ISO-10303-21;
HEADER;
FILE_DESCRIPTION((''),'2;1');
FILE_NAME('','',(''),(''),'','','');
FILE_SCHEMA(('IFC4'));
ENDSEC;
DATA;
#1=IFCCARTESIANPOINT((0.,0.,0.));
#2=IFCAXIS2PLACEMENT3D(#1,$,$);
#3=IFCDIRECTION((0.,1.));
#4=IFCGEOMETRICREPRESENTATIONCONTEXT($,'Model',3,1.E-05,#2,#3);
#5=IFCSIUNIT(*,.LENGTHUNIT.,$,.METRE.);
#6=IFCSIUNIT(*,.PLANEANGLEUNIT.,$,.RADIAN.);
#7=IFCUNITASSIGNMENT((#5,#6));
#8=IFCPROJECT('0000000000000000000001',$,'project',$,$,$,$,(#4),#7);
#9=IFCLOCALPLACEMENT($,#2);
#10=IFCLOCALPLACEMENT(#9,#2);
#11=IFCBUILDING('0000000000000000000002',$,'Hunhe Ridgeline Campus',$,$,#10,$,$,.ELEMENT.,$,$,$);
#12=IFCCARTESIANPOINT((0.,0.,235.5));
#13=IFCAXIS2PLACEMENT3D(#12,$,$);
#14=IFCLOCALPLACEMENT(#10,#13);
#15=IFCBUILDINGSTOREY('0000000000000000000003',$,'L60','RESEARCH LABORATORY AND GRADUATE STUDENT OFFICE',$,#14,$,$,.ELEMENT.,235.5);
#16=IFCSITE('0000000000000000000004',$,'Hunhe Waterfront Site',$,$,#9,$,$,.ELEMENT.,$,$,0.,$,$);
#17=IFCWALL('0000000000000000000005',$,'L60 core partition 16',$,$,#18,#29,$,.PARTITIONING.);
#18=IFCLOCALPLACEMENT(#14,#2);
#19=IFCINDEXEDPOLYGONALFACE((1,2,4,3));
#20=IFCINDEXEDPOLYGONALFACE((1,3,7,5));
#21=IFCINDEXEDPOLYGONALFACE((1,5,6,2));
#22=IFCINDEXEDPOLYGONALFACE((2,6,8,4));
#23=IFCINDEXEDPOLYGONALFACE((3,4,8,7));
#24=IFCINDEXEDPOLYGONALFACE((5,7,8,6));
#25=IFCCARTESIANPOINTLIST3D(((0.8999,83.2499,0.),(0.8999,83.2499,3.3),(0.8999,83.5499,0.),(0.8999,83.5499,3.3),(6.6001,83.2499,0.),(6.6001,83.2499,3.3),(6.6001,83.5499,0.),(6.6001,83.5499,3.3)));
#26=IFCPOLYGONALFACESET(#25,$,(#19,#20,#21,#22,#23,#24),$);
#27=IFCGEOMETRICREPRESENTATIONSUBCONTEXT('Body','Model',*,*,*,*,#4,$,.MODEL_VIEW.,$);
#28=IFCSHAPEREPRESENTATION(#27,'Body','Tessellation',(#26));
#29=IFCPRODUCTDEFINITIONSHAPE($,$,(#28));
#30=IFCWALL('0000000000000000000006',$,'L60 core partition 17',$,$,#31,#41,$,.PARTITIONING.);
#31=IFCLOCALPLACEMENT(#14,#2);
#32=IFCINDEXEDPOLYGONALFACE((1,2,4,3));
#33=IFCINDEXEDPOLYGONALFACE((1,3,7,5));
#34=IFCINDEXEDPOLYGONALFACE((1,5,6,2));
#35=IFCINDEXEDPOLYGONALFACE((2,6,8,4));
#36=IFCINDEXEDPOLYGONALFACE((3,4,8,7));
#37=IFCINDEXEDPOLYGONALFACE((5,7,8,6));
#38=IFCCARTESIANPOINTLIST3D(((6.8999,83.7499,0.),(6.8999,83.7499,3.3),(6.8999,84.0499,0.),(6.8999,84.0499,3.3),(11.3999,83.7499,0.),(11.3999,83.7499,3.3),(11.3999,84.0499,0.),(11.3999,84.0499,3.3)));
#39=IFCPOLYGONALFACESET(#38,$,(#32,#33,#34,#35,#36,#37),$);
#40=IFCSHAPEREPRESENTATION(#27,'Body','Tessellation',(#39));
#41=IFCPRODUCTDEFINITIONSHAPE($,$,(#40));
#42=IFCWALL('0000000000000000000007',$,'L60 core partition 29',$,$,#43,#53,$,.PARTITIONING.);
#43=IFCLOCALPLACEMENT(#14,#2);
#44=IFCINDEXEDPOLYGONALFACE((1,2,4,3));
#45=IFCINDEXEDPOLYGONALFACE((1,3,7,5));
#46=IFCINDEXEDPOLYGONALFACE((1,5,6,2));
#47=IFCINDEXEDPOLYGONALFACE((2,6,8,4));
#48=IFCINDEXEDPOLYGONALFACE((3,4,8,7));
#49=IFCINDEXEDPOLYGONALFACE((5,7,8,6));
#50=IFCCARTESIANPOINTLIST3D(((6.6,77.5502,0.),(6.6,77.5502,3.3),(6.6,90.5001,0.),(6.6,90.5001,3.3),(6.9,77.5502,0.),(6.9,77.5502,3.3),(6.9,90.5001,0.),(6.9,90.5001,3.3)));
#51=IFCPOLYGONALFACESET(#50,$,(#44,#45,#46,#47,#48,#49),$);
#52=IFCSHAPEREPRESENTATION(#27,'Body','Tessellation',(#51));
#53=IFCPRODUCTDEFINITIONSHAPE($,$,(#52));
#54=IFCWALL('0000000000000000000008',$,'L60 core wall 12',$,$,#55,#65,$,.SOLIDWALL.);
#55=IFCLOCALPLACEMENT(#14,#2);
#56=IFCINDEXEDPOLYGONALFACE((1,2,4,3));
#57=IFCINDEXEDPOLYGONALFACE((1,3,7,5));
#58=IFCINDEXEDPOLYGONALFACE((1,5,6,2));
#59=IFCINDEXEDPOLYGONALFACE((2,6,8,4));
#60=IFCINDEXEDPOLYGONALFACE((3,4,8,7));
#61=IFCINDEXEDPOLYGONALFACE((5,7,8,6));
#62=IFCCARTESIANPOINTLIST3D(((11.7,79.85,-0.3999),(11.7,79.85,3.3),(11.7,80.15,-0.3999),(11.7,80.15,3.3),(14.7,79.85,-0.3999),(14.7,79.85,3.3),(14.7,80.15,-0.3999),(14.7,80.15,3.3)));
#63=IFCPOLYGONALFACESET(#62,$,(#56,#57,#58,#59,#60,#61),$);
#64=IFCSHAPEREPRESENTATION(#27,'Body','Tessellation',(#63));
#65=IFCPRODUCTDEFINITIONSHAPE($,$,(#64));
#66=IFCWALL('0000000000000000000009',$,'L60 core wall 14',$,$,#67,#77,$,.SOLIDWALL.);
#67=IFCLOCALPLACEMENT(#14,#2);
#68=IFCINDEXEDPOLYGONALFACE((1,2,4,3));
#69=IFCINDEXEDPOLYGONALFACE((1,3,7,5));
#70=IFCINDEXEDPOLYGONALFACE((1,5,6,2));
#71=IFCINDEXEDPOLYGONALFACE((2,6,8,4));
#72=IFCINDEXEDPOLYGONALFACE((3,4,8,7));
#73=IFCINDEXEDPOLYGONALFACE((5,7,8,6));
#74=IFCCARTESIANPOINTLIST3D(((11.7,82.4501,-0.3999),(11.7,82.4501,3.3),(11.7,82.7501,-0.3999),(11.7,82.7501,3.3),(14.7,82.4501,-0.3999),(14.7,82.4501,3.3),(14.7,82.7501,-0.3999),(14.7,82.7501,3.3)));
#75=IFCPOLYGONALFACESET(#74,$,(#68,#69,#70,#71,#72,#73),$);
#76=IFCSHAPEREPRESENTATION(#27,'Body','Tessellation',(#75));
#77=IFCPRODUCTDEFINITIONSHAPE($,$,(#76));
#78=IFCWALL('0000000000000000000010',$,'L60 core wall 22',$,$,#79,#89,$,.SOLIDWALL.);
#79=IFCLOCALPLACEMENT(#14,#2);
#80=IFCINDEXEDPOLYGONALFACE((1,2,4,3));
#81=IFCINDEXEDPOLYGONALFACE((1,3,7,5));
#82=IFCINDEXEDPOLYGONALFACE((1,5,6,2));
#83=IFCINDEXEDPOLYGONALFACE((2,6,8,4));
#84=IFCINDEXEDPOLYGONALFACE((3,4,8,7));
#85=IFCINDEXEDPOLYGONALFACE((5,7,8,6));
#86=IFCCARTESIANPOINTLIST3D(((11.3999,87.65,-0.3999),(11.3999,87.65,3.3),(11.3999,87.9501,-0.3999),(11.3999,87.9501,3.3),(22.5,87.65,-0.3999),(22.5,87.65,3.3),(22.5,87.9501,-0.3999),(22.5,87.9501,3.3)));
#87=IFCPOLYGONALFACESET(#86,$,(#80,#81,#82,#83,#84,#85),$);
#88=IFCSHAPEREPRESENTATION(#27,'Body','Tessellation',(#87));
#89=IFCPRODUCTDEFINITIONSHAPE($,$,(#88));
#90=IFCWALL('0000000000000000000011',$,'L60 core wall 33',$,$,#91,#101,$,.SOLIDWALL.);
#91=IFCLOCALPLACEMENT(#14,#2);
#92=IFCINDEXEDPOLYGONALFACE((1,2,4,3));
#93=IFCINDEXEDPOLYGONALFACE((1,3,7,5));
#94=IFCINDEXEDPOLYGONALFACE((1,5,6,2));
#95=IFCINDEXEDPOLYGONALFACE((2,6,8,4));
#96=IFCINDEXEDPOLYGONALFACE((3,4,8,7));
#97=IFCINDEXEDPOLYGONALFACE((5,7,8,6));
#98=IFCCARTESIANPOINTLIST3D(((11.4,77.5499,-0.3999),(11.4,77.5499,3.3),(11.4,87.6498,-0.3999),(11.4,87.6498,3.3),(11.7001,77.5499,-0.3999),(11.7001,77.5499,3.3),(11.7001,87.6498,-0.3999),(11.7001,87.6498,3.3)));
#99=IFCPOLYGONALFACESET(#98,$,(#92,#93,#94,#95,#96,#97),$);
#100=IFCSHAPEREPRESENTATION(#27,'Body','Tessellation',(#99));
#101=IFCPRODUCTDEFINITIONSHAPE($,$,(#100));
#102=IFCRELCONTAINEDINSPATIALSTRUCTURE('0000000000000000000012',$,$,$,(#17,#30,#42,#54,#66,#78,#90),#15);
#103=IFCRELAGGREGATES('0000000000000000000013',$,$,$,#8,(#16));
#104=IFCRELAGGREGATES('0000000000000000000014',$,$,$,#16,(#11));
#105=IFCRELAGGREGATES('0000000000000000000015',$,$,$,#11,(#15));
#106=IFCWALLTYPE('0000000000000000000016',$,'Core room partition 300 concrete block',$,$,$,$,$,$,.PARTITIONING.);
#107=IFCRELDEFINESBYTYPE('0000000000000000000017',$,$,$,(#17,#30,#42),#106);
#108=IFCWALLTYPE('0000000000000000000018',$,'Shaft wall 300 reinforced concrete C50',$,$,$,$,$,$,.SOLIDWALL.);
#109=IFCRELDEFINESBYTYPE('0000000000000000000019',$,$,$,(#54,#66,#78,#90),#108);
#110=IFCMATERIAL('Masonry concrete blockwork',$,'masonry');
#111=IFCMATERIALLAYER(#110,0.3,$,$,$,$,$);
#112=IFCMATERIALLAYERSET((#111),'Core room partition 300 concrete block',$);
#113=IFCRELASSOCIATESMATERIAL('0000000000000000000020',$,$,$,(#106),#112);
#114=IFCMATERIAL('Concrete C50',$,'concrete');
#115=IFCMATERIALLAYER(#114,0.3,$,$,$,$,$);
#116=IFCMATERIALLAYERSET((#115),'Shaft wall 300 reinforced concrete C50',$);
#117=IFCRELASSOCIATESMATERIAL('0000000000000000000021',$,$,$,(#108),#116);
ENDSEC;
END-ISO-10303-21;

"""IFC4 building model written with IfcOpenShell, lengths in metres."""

from ifc_helpers import new_model, si_unit, direction, frame, frame_2d, origin, place, context, subcontext, project, spatial, rectangle, extrude, material, layer, layer_set, type_object, element, save


model = new_model("IFC4")

# Units and contexts
model_context = context("Model", 3, precision=1e-05, world=origin(), true_north=direction((0.0, 1.0)))
body_context = subcontext(model_context, "Body", "Model", "MODEL_VIEW")
ifc_project = project(units=[si_unit("LENGTHUNIT", "METRE"), si_unit("PLANEANGLEUNIT", "RADIAN")], contexts=[model_context])

# Site, building, storey
site_placement = place(None, origin())
site = spatial("IfcSite", under=ifc_project, at=site_placement, Name="Hunhe Waterfront Site", CompositionType="ELEMENT", RefElevation=0.0)
building_placement = place(site_placement, origin())
building = spatial("IfcBuilding", under=site, at=building_placement, Name="Hunhe Ridgeline Campus", CompositionType="ELEMENT")
storey_placement = place(building_placement, frame((0.0, 0.0, 235.5)))
storey = spatial("IfcBuildingStorey", under=building, at=storey_placement, Name="L60", Description="RESEARCH LABORATORY AND GRADUATE STUDENT OFFICE", CompositionType="ELEMENT", Elevation=235.5)

# Shared definitions
ifc_material_1 = material(Name="Masonry concrete blockwork", Category="masonry")
ifc_layer_1 = layer(ifc_material_1, 0.3)
ifc_layer_set_1 = layer_set([ifc_layer_1], Name="Core room partition 300 concrete block")
wall_type_1 = type_object("IfcWallType", Name="Core room partition 300 concrete block", PredefinedType="PARTITIONING", material=ifc_layer_set_1)

# Walls
wall_1_placement = place(storey_placement, frame((0.8999, 83.3999, 0.0), z_axis=(0.0, 0.0, 1.0), x_axis=(1.0, 0.0, 0.0)))
element("IfcWall", 1, at=wall_1_placement, inside=storey, type_object=wall_type_1, Name="L60 core partition 16", PredefinedType="PARTITIONING", context=body_context, shape_type="SweptSolid", body=[
    extrude(rectangle(XDim=5.7002, YDim=0.3, at=frame_2d((2.8501, 0.0))), origin(), (0.0, 0.0, 1.0), 3.3),
])
wall_2_placement = place(storey_placement, frame((6.8999, 83.8999, 0.0), z_axis=(0.0, 0.0, 1.0), x_axis=(1.0, 0.0, 0.0)))
element("IfcWall", 2, at=wall_2_placement, inside=storey, type_object=wall_type_1, Name="L60 core partition 17", PredefinedType="PARTITIONING", context=body_context, shape_type="SweptSolid", body=[
    extrude(rectangle(XDim=4.5, YDim=0.3, at=frame_2d((2.25, 0.0))), origin(), (0.0, 0.0, 1.0), 3.3),
])
wall_3_placement = place(storey_placement, frame((6.75, 77.55, 0.0), z_axis=(0.0, 0.0, 1.0), x_axis=(0.0, 1.0, 0.0)))
element("IfcWall", 3, at=wall_3_placement, inside=storey, type_object=wall_type_1, Name="L60 core partition 29", PredefinedType="PARTITIONING", context=body_context, shape_type="SweptSolid", body=[
    extrude(rectangle(XDim=12.95, YDim=0.3, at=frame_2d((6.4751, 0.0))), origin(), (0.0, 0.0, 1.0), 3.3),
])

# Shared definitions
ifc_material_2 = material(Name="Concrete C50", Category="concrete")
ifc_layer_2 = layer(ifc_material_2, 0.3)
ifc_layer_set_2 = layer_set([ifc_layer_2], Name="Shaft wall 300 reinforced concrete C50")
wall_type_2 = type_object("IfcWallType", Name="Shaft wall 300 reinforced concrete C50", PredefinedType="SOLIDWALL", material=ifc_layer_set_2)

# Walls
for number, where, z_axis, x_axis, name in (
    (4, (11.7, 80.0, -0.3999), (0.0, 0.0, 1.0), (1.0, 0.0, 0.0), "L60 core wall 12"),
    (5, (11.7, 82.6001, -0.3999), (0.0, 0.0, 1.0), (1.0, 0.0, 0.0), "L60 core wall 14"),
):
    element("IfcWall", number, at=place(storey_placement, frame(where, z_axis=z_axis, x_axis=x_axis)), inside=storey, type_object=wall_type_2, Name=name, PredefinedType="SOLIDWALL", context=body_context, shape_type="SweptSolid", body=[
        extrude(rectangle(XDim=3.0, YDim=0.3, at=frame_2d((1.5, 0.0))), origin(), (0.0, 0.0, 1.0), 3.7),
    ])
wall_4_placement = place(storey_placement, frame((11.3999, 87.8, -0.3999), z_axis=(0.0, 0.0, 1.0), x_axis=(1.0, 0.0, 0.0)))
element("IfcWall", 6, at=wall_4_placement, inside=storey, type_object=wall_type_2, Name="L60 core wall 22", PredefinedType="SOLIDWALL", context=body_context, shape_type="SweptSolid", body=[
    extrude(rectangle(XDim=11.1001, YDim=0.3, at=frame_2d((5.55, 0.0))), origin(), (0.0, 0.0, 1.0), 3.7),
])
wall_5_placement = place(storey_placement, frame((11.55, 77.55, -0.3999), z_axis=(0.0, 0.0, 1.0), x_axis=(0.0, 1.0, 0.0)))
element("IfcWall", 7, at=wall_5_placement, inside=storey, type_object=wall_type_2, Name="L60 core wall 33", PredefinedType="SOLIDWALL", context=body_context, shape_type="SweptSolid", body=[
    extrude(rectangle(XDim=10.0999, YDim=0.3, at=frame_2d((5.0498, 0.0))), origin(), (0.0, 0.0, 1.0), 3.7),
])

save(model, "model.ifc")
